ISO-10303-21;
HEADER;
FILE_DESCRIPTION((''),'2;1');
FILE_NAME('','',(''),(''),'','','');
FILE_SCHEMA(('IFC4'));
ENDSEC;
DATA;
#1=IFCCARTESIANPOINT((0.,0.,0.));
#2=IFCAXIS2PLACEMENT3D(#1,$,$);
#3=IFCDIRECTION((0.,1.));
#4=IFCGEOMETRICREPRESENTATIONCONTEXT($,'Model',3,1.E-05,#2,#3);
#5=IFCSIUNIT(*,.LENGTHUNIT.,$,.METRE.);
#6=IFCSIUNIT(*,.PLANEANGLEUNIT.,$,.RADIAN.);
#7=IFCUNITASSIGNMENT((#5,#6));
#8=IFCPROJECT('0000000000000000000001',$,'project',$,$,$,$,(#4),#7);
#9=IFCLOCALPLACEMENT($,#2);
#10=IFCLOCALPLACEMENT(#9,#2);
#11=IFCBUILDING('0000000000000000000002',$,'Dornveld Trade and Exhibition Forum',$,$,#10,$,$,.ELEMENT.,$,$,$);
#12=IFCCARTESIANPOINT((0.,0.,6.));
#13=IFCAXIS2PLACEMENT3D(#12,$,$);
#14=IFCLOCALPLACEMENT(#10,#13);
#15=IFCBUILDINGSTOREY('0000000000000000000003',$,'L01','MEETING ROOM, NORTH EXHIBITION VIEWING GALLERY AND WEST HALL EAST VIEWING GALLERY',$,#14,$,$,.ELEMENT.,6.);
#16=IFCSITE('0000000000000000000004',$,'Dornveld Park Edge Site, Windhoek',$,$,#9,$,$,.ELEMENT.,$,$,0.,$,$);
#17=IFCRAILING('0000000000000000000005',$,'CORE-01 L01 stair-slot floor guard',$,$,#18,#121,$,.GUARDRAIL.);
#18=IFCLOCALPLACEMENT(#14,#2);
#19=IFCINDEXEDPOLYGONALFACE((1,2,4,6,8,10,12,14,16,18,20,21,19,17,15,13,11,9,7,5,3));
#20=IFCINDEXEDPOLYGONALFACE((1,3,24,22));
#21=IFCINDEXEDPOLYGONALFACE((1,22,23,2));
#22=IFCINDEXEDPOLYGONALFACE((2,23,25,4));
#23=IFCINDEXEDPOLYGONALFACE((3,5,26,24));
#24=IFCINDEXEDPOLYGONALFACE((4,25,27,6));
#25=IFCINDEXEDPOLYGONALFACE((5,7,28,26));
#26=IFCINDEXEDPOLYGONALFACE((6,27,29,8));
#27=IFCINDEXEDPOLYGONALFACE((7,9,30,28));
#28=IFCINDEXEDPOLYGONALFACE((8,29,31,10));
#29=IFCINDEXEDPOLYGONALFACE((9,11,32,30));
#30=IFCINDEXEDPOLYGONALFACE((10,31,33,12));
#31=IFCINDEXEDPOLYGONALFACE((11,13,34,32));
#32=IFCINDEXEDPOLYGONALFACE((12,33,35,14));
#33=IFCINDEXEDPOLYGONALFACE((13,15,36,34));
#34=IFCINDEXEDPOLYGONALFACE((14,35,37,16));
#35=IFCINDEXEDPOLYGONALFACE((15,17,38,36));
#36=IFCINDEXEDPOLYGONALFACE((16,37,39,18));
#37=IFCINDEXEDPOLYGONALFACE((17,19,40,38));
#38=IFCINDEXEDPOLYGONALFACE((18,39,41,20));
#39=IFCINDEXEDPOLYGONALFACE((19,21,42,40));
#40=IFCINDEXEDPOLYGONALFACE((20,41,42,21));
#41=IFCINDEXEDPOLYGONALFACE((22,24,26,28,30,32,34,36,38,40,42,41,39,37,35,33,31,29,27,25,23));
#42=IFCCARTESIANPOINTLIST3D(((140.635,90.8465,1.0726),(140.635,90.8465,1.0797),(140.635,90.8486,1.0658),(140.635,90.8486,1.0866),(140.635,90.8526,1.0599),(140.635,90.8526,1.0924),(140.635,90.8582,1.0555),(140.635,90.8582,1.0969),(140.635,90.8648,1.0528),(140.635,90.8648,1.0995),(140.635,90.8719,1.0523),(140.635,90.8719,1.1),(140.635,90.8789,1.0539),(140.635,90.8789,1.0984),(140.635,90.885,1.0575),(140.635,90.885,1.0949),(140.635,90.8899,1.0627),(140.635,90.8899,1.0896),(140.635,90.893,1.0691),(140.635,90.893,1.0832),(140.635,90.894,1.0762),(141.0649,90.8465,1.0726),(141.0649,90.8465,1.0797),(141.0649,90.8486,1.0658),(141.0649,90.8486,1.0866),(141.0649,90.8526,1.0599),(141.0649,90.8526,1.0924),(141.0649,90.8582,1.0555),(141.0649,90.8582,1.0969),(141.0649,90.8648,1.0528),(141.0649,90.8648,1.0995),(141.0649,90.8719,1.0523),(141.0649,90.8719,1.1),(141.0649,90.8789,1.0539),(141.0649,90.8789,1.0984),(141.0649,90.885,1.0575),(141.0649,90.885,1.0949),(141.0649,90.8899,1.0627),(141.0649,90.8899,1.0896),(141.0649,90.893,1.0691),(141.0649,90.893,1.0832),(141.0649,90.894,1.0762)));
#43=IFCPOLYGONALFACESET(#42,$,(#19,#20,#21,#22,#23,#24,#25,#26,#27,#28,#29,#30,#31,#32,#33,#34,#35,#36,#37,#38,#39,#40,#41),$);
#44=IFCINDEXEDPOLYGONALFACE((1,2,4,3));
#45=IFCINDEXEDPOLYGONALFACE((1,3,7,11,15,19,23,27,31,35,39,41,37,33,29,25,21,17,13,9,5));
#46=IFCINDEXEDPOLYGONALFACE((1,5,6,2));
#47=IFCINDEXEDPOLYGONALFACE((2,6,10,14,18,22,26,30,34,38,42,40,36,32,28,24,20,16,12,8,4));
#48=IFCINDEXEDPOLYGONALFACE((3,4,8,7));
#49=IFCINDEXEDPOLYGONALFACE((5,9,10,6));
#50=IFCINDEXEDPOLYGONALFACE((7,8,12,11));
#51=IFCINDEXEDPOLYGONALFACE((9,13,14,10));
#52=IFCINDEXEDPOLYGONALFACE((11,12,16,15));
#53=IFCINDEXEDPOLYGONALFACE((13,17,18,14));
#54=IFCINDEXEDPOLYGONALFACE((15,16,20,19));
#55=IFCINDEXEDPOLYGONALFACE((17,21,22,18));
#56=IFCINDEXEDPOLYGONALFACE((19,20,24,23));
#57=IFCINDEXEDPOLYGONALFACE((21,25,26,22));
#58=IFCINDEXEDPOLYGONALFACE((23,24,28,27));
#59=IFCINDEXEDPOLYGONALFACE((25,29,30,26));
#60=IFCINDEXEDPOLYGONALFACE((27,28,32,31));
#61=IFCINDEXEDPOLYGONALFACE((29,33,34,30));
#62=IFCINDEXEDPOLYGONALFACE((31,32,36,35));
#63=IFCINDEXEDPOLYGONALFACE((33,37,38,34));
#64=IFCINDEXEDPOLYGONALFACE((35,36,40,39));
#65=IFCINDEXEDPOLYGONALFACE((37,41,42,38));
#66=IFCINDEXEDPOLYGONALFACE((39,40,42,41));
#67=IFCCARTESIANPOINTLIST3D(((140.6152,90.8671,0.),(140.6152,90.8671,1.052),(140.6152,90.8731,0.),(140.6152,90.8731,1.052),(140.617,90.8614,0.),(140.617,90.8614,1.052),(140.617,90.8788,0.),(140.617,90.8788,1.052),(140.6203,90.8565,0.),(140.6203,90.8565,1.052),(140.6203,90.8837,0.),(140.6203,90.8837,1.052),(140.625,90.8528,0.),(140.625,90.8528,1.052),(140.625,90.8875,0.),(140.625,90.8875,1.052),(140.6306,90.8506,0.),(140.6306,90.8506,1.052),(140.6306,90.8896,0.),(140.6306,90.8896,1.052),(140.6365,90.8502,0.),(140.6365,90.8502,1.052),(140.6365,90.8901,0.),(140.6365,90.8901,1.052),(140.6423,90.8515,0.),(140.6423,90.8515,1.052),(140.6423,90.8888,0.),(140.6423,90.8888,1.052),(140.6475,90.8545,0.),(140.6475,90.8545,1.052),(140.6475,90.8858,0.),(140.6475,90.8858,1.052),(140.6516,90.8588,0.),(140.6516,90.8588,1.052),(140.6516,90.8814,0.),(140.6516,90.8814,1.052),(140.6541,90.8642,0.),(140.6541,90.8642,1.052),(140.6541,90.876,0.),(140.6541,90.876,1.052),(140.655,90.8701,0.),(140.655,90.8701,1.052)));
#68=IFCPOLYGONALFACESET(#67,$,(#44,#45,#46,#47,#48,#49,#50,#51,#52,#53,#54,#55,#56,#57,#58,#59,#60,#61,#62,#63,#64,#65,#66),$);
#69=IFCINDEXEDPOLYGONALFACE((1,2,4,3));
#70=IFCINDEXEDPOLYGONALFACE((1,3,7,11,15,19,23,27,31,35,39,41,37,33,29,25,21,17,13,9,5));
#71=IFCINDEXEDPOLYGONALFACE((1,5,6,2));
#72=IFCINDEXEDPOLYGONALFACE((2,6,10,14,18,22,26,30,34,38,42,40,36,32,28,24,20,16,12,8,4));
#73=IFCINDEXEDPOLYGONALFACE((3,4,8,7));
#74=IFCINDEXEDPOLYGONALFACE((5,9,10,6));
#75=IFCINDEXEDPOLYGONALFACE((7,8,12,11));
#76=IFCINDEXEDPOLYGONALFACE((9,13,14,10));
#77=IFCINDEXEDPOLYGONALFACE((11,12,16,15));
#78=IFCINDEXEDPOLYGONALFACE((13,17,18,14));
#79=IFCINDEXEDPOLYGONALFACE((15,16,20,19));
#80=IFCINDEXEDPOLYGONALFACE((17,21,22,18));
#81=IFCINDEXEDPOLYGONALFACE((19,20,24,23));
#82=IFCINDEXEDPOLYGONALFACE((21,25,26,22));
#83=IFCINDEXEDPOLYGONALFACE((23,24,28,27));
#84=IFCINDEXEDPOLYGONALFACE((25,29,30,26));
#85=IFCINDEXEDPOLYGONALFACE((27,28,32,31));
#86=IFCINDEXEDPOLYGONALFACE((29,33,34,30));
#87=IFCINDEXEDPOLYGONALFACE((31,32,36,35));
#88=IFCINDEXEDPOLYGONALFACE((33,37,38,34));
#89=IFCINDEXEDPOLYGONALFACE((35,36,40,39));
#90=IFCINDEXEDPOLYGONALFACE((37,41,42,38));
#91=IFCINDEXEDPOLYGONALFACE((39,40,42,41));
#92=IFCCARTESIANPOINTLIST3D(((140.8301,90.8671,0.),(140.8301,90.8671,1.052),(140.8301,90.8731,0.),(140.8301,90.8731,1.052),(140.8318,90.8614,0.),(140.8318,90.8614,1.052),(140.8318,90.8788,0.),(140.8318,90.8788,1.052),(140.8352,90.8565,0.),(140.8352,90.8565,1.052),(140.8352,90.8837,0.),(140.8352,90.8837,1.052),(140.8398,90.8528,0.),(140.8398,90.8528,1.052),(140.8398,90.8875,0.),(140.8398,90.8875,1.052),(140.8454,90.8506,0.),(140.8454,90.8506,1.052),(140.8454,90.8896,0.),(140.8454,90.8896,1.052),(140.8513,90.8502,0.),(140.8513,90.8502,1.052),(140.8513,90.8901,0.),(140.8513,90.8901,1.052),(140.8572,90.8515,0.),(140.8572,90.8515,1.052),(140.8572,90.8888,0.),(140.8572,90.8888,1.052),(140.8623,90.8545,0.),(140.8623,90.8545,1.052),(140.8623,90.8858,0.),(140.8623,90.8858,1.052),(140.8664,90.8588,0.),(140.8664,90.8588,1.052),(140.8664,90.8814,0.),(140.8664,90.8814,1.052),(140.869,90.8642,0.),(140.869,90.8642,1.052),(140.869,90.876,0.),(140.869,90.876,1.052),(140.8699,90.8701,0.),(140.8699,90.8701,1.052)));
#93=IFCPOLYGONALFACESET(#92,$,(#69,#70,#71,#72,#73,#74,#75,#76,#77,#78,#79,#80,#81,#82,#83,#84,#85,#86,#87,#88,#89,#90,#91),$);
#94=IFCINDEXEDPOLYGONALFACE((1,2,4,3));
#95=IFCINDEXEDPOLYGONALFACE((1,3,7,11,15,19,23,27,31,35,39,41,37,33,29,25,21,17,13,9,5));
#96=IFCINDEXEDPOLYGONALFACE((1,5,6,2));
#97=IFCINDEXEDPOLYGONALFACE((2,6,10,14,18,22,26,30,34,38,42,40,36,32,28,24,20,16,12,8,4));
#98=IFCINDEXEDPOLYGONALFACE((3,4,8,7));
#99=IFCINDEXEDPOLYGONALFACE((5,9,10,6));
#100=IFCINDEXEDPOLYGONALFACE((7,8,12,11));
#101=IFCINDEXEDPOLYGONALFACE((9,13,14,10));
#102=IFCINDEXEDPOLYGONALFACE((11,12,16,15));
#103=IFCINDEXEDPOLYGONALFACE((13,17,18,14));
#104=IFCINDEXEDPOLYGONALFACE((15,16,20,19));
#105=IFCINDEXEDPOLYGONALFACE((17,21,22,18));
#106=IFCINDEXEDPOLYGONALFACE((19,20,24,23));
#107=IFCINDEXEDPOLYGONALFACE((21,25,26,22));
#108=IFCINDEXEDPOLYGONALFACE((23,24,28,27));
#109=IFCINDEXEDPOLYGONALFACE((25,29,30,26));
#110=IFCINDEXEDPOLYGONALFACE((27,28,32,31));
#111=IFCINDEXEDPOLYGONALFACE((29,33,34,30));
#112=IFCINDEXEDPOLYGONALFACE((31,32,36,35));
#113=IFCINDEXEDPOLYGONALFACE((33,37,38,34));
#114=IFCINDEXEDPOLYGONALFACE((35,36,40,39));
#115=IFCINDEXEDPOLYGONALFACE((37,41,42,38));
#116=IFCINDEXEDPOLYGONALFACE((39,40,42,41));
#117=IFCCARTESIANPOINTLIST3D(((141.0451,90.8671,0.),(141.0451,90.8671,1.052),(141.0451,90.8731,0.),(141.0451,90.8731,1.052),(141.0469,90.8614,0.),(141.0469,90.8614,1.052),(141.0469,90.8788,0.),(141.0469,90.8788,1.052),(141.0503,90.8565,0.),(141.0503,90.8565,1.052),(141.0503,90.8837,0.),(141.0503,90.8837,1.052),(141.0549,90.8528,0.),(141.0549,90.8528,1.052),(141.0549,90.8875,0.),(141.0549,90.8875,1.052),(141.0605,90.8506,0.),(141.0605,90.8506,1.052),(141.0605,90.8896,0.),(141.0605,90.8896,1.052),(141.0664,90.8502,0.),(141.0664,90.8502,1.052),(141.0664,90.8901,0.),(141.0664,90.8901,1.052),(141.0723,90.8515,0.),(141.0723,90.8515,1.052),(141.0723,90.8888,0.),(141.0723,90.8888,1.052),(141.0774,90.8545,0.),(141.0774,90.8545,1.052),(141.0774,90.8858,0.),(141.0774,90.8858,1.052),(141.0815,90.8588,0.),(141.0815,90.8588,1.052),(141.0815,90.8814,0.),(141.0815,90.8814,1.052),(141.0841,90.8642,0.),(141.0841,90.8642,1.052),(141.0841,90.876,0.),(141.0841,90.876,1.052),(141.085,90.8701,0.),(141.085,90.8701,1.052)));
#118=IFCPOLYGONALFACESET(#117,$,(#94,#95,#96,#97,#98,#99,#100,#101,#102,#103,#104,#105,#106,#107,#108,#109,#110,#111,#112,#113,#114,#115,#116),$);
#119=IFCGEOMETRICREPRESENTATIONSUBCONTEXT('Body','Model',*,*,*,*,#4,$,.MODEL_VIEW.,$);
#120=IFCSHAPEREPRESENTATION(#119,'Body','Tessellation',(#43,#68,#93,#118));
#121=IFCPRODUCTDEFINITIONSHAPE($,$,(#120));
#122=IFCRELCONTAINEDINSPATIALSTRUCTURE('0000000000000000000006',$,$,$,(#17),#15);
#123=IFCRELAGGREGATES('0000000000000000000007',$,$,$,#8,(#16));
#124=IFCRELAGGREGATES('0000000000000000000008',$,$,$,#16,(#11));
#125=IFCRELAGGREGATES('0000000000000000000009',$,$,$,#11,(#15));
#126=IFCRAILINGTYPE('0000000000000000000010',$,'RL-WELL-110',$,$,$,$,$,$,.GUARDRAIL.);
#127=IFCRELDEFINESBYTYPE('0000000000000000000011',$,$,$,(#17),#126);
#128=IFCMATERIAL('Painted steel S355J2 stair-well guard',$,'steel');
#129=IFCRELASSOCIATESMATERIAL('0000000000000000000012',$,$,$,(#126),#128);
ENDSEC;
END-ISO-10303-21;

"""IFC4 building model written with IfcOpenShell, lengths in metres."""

from ifc_helpers import new_model, si_unit, direction, frame, origin, origin_2d, place, context, subcontext, project, spatial, circle, extrude, material, type_object, element, save


model = new_model("IFC4")

# Units and contexts
model_context = context("Model", 3, precision=1e-05, world=origin(), true_north=direction((0.0, 1.0)))
body_context = subcontext(model_context, "Body", "Model", "MODEL_VIEW")
ifc_project = project(units=[si_unit("LENGTHUNIT", "METRE"), si_unit("PLANEANGLEUNIT", "RADIAN")], contexts=[model_context])

# Site, building, storey
site_placement = place(None, origin())
site = spatial("IfcSite", under=ifc_project, at=site_placement, Name="Dornveld Park Edge Site, Windhoek", CompositionType="ELEMENT", RefElevation=0.0)
building_placement = place(site_placement, origin())
building = spatial("IfcBuilding", under=site, at=building_placement, Name="Dornveld Trade and Exhibition Forum", CompositionType="ELEMENT")
storey_placement = place(building_placement, frame((0.0, 0.0, 6.0)))
storey = spatial("IfcBuildingStorey", under=building, at=storey_placement, Name="L01", Description="MEETING ROOM, NORTH EXHIBITION VIEWING GALLERY AND WEST HALL EAST VIEWING GALLERY", CompositionType="ELEMENT", Elevation=6.0)

# Railing
ifc_material_1 = material(Name="Painted steel S355J2 stair-well guard", Category="steel")
railing_type_1 = type_object("IfcRailingType", Name="RL-WELL-110", PredefinedType="GUARDRAIL", material=ifc_material_1)
railing_1_placement = place(storey_placement, frame((140.635, 90.8701, 0.0)))
element("IfcRailing", 1, at=railing_1_placement, inside=storey, type_object=railing_type_1, Name="CORE-01 L01 stair-slot floor guard", PredefinedType="GUARDRAIL", context=body_context, shape_type="SweptSolid", body=[
    extrude(circle(Radius=0.0239, at=origin_2d()), frame((0.0, 0.0, 1.0762), z_axis=(1.0, 0.0, 0.0), x_axis=(0.0, 1.0, 0.0)), (0.0, 0.0, 1.0), 0.4299),
    extrude(circle(Radius=0.02, at=origin_2d()), origin(), (0.0, 0.0, 1.0), 1.052),
    extrude(circle(Radius=0.02, at=origin_2d()), frame((0.2148, 0.0, 0.0)), (0.0, 0.0, 1.0), 1.052),
    extrude(circle(Radius=0.02, at=origin_2d()), frame((0.4299, 0.0, 0.0)), (0.0, 0.0, 1.0), 1.052),
])

save(model, "model.ifc")
